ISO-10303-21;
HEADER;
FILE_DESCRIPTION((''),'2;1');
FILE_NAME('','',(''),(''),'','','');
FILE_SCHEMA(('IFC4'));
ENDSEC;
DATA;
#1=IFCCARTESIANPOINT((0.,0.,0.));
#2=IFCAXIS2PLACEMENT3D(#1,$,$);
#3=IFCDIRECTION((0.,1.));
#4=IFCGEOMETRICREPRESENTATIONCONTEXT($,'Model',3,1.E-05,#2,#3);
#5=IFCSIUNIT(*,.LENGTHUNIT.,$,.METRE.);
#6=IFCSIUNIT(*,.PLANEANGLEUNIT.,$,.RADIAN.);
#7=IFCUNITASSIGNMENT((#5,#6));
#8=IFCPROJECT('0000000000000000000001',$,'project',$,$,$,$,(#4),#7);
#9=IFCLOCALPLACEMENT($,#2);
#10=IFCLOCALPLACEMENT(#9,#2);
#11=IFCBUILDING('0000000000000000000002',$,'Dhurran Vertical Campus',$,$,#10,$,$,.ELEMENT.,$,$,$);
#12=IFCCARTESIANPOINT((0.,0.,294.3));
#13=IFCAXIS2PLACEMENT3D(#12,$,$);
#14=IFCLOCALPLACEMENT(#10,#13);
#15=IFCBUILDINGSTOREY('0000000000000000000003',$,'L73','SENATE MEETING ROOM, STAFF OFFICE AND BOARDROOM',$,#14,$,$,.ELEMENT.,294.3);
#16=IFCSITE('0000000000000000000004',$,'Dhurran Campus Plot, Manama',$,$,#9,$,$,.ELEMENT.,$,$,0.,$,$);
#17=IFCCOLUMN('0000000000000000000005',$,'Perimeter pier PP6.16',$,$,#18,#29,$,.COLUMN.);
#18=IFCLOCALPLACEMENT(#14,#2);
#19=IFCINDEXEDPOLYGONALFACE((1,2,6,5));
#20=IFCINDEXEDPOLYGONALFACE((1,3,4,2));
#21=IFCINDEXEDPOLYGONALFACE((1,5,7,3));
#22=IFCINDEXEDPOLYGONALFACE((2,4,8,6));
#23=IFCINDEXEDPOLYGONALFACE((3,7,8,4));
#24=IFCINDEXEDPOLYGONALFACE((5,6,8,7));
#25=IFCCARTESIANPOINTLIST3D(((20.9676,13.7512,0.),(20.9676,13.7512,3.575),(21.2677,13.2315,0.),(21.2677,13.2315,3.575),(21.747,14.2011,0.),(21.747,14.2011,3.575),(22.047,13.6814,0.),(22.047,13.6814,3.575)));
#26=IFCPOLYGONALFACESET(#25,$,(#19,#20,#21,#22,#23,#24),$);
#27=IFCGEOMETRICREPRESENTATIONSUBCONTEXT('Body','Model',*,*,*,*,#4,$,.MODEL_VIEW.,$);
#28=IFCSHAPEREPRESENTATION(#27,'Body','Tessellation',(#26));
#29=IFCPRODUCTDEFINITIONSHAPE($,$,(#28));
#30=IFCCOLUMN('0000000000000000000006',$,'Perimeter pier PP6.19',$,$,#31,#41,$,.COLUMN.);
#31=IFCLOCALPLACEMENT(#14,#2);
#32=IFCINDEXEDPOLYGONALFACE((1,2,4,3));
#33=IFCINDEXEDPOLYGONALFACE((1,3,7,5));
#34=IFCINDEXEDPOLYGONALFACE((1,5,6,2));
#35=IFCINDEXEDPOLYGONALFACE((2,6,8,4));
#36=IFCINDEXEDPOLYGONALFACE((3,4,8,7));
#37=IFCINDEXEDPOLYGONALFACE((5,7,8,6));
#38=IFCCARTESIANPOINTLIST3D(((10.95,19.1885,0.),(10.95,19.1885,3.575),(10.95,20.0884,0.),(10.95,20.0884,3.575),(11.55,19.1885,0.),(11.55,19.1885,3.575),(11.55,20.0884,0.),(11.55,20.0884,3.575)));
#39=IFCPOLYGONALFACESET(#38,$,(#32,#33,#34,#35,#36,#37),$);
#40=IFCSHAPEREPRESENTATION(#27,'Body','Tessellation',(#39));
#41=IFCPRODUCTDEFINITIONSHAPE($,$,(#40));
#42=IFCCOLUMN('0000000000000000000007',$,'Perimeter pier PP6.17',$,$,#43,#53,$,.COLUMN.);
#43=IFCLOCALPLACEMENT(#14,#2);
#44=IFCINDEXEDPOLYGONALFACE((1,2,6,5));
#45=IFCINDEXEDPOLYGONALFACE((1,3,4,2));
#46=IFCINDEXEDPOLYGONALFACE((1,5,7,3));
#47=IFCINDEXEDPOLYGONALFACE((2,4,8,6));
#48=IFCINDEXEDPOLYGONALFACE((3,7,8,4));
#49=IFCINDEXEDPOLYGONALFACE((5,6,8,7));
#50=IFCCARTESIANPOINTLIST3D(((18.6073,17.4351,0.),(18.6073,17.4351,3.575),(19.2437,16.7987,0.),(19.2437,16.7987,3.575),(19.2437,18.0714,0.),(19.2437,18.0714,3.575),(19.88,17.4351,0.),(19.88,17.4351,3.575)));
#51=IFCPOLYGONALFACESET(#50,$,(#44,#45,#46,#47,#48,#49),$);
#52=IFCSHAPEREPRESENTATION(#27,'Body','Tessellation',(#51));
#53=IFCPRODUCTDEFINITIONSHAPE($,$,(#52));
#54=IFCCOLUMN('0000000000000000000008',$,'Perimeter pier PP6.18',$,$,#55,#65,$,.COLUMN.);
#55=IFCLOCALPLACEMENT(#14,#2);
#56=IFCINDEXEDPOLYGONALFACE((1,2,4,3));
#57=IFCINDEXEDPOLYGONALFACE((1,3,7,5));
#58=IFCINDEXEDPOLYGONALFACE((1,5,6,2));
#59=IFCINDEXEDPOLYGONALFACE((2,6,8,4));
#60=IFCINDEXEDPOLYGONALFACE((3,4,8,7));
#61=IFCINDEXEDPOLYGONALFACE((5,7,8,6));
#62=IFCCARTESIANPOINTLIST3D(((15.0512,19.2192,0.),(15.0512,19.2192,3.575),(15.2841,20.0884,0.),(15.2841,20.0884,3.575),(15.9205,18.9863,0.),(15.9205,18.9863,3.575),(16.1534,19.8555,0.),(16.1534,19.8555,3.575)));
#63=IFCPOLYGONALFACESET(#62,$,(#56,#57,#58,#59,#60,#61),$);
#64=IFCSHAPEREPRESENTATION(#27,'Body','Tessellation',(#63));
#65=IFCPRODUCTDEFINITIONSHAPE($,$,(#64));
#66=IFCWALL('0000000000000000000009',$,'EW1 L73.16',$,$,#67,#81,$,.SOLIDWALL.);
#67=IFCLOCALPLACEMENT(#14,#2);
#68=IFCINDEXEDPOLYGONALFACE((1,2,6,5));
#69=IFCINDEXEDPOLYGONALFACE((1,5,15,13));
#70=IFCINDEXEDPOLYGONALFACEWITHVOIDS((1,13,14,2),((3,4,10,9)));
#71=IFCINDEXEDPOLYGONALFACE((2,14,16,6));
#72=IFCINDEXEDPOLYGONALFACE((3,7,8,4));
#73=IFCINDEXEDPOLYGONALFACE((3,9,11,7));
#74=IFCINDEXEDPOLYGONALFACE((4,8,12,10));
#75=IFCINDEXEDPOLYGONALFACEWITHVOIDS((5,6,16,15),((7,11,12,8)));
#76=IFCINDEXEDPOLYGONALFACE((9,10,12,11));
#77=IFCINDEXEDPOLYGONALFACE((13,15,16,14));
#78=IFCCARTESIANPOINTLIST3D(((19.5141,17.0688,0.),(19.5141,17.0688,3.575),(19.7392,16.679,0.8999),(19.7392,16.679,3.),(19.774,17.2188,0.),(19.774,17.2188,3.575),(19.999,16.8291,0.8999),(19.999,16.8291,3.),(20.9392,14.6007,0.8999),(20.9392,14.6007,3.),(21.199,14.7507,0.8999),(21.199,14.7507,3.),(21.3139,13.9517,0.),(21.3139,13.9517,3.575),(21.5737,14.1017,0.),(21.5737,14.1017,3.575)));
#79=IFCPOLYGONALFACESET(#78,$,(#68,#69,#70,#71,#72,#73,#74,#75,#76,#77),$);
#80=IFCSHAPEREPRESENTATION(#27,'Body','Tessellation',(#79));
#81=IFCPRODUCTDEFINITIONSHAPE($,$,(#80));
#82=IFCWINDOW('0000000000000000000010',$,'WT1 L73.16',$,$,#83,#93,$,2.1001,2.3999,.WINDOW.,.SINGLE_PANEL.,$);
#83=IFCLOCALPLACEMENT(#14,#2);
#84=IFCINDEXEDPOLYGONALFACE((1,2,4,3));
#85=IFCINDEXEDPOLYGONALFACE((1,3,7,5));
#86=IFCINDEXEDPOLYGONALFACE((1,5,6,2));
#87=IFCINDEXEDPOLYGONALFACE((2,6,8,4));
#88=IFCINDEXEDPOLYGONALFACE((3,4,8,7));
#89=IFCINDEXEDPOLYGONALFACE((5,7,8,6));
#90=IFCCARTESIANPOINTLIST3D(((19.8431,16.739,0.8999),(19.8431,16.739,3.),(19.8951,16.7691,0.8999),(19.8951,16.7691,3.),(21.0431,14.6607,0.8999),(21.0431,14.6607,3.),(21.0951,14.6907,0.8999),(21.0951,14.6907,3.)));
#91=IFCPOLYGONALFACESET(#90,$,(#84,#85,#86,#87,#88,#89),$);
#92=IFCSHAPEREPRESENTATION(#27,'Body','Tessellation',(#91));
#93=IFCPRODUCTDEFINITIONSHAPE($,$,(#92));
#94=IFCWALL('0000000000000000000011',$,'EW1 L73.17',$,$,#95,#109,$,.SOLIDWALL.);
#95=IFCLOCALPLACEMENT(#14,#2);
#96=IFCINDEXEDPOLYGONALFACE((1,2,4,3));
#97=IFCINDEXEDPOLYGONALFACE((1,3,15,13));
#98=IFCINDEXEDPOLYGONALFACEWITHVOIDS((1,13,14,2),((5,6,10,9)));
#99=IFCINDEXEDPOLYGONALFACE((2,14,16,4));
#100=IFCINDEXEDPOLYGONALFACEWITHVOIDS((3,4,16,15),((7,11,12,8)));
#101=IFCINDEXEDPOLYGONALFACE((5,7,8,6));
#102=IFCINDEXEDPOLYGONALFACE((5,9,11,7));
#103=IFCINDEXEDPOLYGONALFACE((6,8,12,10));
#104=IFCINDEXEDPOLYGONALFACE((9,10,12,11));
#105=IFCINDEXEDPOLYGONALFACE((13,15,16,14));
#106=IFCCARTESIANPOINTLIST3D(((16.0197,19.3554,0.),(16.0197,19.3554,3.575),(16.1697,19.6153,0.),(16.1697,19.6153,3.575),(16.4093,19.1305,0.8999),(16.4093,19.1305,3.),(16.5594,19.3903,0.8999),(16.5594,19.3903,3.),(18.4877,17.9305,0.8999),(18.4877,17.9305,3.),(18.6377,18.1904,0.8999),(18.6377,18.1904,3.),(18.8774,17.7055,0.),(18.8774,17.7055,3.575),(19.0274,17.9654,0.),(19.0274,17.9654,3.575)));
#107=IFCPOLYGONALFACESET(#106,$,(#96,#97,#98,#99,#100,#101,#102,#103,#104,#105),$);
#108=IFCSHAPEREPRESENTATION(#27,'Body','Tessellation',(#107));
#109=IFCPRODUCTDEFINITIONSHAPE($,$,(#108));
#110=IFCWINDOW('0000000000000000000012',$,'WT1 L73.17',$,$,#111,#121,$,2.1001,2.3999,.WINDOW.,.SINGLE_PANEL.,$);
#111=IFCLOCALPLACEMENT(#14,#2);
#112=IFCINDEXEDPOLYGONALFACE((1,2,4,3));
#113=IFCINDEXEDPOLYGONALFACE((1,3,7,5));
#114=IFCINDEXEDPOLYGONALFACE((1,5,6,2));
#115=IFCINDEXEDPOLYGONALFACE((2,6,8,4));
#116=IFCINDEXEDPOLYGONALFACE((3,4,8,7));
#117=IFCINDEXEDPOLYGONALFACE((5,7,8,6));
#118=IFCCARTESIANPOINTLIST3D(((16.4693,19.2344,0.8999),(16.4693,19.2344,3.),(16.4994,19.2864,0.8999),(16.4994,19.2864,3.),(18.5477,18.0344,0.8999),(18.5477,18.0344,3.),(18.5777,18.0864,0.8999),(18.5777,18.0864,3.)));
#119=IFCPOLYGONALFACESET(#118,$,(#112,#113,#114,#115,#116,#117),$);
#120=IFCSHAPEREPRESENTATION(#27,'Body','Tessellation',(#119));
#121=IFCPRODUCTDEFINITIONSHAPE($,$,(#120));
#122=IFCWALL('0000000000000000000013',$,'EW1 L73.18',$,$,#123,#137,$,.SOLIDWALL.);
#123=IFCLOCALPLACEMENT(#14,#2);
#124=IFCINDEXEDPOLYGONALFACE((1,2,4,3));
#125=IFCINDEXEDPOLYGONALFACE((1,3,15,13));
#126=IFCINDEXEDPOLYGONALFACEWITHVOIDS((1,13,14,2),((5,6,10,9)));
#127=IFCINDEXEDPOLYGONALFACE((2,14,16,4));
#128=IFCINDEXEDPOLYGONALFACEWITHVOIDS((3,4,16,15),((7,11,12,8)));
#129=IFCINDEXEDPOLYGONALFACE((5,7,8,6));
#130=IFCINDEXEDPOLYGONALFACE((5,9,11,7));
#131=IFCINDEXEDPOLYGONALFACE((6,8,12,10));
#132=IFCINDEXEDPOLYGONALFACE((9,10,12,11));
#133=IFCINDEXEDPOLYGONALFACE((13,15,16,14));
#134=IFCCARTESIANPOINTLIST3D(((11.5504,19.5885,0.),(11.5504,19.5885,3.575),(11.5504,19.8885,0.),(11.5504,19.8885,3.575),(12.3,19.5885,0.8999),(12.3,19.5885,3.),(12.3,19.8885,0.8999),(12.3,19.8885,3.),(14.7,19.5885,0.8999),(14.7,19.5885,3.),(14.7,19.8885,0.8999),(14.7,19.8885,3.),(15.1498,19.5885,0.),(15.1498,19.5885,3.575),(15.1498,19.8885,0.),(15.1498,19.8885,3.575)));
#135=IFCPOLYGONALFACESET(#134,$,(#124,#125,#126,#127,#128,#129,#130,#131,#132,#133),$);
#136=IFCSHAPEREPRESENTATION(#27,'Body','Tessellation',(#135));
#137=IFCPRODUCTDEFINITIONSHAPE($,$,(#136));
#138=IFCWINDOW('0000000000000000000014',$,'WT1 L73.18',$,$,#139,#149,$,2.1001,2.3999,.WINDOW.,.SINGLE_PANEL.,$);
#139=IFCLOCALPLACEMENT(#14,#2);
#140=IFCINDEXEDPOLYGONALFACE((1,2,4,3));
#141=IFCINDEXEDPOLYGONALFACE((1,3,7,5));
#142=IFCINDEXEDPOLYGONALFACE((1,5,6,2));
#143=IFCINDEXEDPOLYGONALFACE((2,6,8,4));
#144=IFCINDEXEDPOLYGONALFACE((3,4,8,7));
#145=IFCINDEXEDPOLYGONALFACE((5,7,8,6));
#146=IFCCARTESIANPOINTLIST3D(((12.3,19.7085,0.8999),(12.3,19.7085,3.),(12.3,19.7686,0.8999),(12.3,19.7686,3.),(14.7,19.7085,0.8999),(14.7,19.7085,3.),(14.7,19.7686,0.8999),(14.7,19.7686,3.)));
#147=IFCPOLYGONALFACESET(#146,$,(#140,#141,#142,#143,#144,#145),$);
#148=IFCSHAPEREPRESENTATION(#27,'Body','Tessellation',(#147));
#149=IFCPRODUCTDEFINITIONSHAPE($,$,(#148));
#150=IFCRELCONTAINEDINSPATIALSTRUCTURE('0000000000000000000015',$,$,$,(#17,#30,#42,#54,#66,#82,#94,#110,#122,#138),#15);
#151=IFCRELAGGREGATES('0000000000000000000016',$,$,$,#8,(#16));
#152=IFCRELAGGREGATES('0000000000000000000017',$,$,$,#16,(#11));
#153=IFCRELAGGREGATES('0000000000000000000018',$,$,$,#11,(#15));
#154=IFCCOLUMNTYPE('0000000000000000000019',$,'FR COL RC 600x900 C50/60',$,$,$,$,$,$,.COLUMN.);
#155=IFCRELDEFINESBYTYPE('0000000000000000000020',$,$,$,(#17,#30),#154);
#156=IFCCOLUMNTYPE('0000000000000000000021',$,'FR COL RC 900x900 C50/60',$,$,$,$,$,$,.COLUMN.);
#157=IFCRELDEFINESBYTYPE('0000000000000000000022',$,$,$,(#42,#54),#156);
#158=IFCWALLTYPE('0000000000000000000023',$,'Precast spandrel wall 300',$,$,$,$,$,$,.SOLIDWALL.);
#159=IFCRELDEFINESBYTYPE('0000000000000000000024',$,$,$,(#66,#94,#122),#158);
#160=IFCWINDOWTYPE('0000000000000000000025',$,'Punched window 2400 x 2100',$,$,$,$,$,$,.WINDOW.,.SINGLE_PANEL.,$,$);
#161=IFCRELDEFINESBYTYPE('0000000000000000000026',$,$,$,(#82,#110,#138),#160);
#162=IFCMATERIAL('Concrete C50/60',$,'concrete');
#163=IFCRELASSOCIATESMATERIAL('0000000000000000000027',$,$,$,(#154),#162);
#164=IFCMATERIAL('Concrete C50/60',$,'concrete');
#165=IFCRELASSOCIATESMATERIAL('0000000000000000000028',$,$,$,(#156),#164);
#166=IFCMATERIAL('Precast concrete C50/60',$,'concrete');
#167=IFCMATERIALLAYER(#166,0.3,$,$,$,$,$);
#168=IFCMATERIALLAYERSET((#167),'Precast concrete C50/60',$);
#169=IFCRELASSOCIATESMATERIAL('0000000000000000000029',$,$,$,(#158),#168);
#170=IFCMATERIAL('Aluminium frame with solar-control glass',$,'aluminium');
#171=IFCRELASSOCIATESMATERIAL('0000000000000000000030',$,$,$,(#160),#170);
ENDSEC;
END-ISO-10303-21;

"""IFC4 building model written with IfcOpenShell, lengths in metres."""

from ifc_helpers import new_model, si_unit, direction, frame, frame_2d, origin, origin_2d, place, context, subcontext, project, spatial, rectangle, extrude, material, layer, layer_set, material_profile, profile_set, type_object, element, fill, save


model = new_model("IFC4")

# Units and contexts
model_context = context("Model", 3, precision=1e-05, world=origin(), true_north=direction((0.0, 1.0)))
body_context = subcontext(model_context, "Body", "Model", "MODEL_VIEW")
ifc_project = project(units=[si_unit("LENGTHUNIT", "METRE"), si_unit("PLANEANGLEUNIT", "RADIAN")], contexts=[model_context])

# Site, building, storey
site_placement = place(None, origin())
site = spatial("IfcSite", under=ifc_project, at=site_placement, Name="Dhurran Campus Plot, Manama", CompositionType="ELEMENT", RefElevation=0.0)
building_placement = place(site_placement, origin())
building = spatial("IfcBuilding", under=site, at=building_placement, Name="Dhurran Vertical Campus", CompositionType="ELEMENT")
storey_placement = place(building_placement, frame((0.0, 0.0, 294.3)))
storey = spatial("IfcBuildingStorey", under=building, at=storey_placement, Name="L73", Description="SENATE MEETING ROOM, STAFF OFFICE AND BOARDROOM", CompositionType="ELEMENT", Elevation=294.3)

# Columns
ifc_material_1 = material(Name="Concrete C50/60", Category="concrete")
ifc_material_profile_1 = material_profile(ifc_material_1, rectangle(XDim=0.6001, YDim=0.8999, at=origin_2d()), Name="RC 600x900")
ifc_profile_set_1 = profile_set([ifc_material_profile_1], Name="Concrete C50/60")
column_type_1 = type_object("IfcColumnType", Name="FR COL RC 600x900 C50/60", PredefinedType="COLUMN", material=ifc_profile_set_1)
for number, where, z_axis, x_axis, name in (
    (1, (21.5073, 13.7163, 0.0), (0.0, 0.0, 1.0), (-0.5, 0.866025, 0.0), "Perimeter pier PP6.16"),
    (2, (11.25, 19.6384, 0.0), (0.0, 0.0, 1.0), (-1.0, 0.0, 0.0), "Perimeter pier PP6.19"),
):
    element("IfcColumn", number, at=place(storey_placement, frame(where, z_axis=z_axis, x_axis=x_axis)), inside=storey, type_object=column_type_1, Name=name, PredefinedType="COLUMN", context=body_context, shape_type="SweptSolid", body=[
        extrude(rectangle(XDim=0.6001, YDim=0.8999, at=origin_2d()), origin(), (0.0, 0.0, 1.0), 3.575),
    ])
ifc_material_2 = material(Name="Concrete C50/60", Category="concrete")
ifc_material_profile_2 = material_profile(ifc_material_2, rectangle(XDim=0.8999, YDim=0.8999, at=origin_2d()), Name="RC 900x900")
ifc_profile_set_2 = profile_set([ifc_material_profile_2], Name="Concrete C50/60")
column_type_2 = type_object("IfcColumnType", Name="FR COL RC 900x900 C50/60", PredefinedType="COLUMN", material=ifc_profile_set_2)
for number, where, z_axis, x_axis, name in (
    (3, (19.2437, 17.4351, 0.0), (0.0, 0.0, 1.0), (-0.707107, 0.707107, 0.0), "Perimeter pier PP6.17"),
    (4, (15.6023, 19.5374, 0.0), (0.0, 0.0, 1.0), (-0.965926, 0.258819, 0.0), "Perimeter pier PP6.18"),
):
    element("IfcColumn", number, at=place(storey_placement, frame(where, z_axis=z_axis, x_axis=x_axis)), inside=storey, type_object=column_type_2, Name=name, PredefinedType="COLUMN", context=body_context, shape_type="SweptSolid", body=[
        extrude(rectangle(XDim=0.8999, YDim=0.8999, at=origin_2d()), origin(), (0.0, 0.0, 1.0), 3.575),
    ])

# Walls, openings, windows
ifc_material_3 = material(Name="Precast concrete C50/60", Category="concrete")
ifc_layer_1 = layer(ifc_material_3, 0.3)
ifc_layer_set_1 = layer_set([ifc_layer_1], Name="Precast concrete C50/60")
wall_type_1 = type_object("IfcWallType", Name="Precast spandrel wall 300", PredefinedType="SOLIDWALL", material=ifc_layer_set_1)
wall_1_placement = place(storey_placement, frame((21.4438, 14.0266, 0.0), z_axis=(0.0, 0.0, 1.0), x_axis=(-0.50002, 0.866014, 0.0)))
wall_1 = element("IfcWall", 5, at=wall_1_placement, inside=storey, type_object=wall_type_1, Name="EW1 L73.16", PredefinedType="SOLIDWALL", context=body_context, shape_type="SweptSolid", body=[
    extrude(rectangle(XDim=3.5994, YDim=0.3, at=frame_2d((1.7998, 0.0))), origin(), (0.0, 0.0, 1.0), 3.575),
])
opening_1_placement = place(wall_1_placement, frame((0.7495, 0.0, 0.8999)))
opening_1 = element("IfcOpeningElement", 6, at=opening_1_placement, cuts=wall_1, PredefinedType="OPENING", context=body_context, shape_type="SweptSolid", body=[
    extrude(rectangle(XDim=2.3999, YDim=2.1001, at=frame_2d((1.2, 1.05))), frame((0.0, 0.1599, 0.0), z_axis=(0.0, -1.0, 0.0), x_axis=(1.0, 0.0, 0.0)), (0.0, 0.0, 1.0), 0.3201),
])
ifc_material_4 = material(Name="Aluminium frame with solar-control glass", Category="aluminium")
window_type = type_object("IfcWindowType", Name="Punched window 2400 x 2100", PartitioningType="SINGLE_PANEL", PredefinedType="WINDOW", material=ifc_material_4)
window_1_placement = place(opening_1_placement, origin())
window_1 = element("IfcWindow", 7, at=window_1_placement, inside=storey, type_object=window_type, Name="WT1 L73.16", OverallHeight=2.1001, OverallWidth=2.3999, PartitioningType="SINGLE_PANEL", PredefinedType="WINDOW", context=body_context, shape_type="SweptSolid", body=[
    extrude(rectangle(XDim=2.3999, YDim=2.1001, at=frame_2d((1.2, 1.05))), frame((0.0, 0.03, 0.0), z_axis=(0.0, -1.0, 0.0), x_axis=(1.0, 0.0, 0.0)), (0.0, 0.0, 1.0), 0.0601),
])
fill(opening_1, window_1)
wall_2_placement = place(storey_placement, frame((18.9524, 17.8354, 0.0), z_axis=(0.0, 0.0, 1.0), x_axis=(-0.866022, 0.500006, 0.0)))
wall_2 = element("IfcWall", 8, at=wall_2_placement, inside=storey, type_object=wall_type_1, Name="EW1 L73.17", PredefinedType="SOLIDWALL", context=body_context, shape_type="SweptSolid", body=[
    extrude(rectangle(XDim=3.2998, YDim=0.3, at=frame_2d((1.6499, 0.0))), origin(), (0.0, 0.0, 1.0), 3.575),
])
opening_2_placement = place(wall_2_placement, frame((0.45, 0.0, 0.8999)))
opening_2 = element("IfcOpeningElement", 9, at=opening_2_placement, cuts=wall_2, PredefinedType="OPENING", context=body_context, shape_type="SweptSolid", body=[
    extrude(rectangle(XDim=2.3999, YDim=2.1001, at=frame_2d((1.2, 1.05))), frame((0.0, 0.1599, 0.0), z_axis=(0.0, -1.0, 0.0), x_axis=(1.0, 0.0, 0.0)), (0.0, 0.0, 1.0), 0.3201),
])
window_2_placement = place(opening_2_placement, origin())
window_2 = element("IfcWindow", 10, at=window_2_placement, inside=storey, type_object=window_type, Name="WT1 L73.17", OverallHeight=2.1001, OverallWidth=2.3999, PartitioningType="SINGLE_PANEL", PredefinedType="WINDOW", context=body_context, shape_type="SweptSolid", body=[
    extrude(rectangle(XDim=2.3999, YDim=2.1001, at=frame_2d((1.2, 1.05))), frame((0.0, 0.03, 0.0), z_axis=(0.0, -1.0, 0.0), x_axis=(1.0, 0.0, 0.0)), (0.0, 0.0, 1.0), 0.0601),
])
fill(opening_2, window_2)
wall_3_placement = place(storey_placement, frame((15.1499, 19.7385, 0.0), z_axis=(0.0, 0.0, 1.0), x_axis=(-1.0, 0.0, 0.0)))
wall_3 = element("IfcWall", 11, at=wall_3_placement, inside=storey, type_object=wall_type_1, Name="EW1 L73.18", PredefinedType="SOLIDWALL", context=body_context, shape_type="SweptSolid", body=[
    extrude(rectangle(XDim=3.5994, YDim=0.3, at=frame_2d((1.7998, 0.0))), origin(), (0.0, 0.0, 1.0), 3.575),
])
opening_3_placement = place(wall_3_placement, frame((0.45, 0.0, 0.8999)))
opening_3 = element("IfcOpeningElement", 12, at=opening_3_placement, cuts=wall_3, PredefinedType="OPENING", context=body_context, shape_type="SweptSolid", body=[
    extrude(rectangle(XDim=2.3999, YDim=2.1001, at=frame_2d((1.2, 1.05))), frame((0.0, 0.1599, 0.0), z_axis=(0.0, -1.0, 0.0), x_axis=(1.0, 0.0, 0.0)), (0.0, 0.0, 1.0), 0.3201),
])
window_3_placement = place(opening_3_placement, origin())
window_3 = element("IfcWindow", 13, at=window_3_placement, inside=storey, type_object=window_type, Name="WT1 L73.18", OverallHeight=2.1001, OverallWidth=2.3999, PartitioningType="SINGLE_PANEL", PredefinedType="WINDOW", context=body_context, shape_type="SweptSolid", body=[
    extrude(rectangle(XDim=2.3999, YDim=2.1001, at=frame_2d((1.2, 1.05))), frame((0.0, 0.03, 0.0), z_axis=(0.0, -1.0, 0.0), x_axis=(1.0, 0.0, 0.0)), (0.0, 0.0, 1.0), 0.0601),
])
fill(opening_3, window_3)

save(model, "model.ifc")
